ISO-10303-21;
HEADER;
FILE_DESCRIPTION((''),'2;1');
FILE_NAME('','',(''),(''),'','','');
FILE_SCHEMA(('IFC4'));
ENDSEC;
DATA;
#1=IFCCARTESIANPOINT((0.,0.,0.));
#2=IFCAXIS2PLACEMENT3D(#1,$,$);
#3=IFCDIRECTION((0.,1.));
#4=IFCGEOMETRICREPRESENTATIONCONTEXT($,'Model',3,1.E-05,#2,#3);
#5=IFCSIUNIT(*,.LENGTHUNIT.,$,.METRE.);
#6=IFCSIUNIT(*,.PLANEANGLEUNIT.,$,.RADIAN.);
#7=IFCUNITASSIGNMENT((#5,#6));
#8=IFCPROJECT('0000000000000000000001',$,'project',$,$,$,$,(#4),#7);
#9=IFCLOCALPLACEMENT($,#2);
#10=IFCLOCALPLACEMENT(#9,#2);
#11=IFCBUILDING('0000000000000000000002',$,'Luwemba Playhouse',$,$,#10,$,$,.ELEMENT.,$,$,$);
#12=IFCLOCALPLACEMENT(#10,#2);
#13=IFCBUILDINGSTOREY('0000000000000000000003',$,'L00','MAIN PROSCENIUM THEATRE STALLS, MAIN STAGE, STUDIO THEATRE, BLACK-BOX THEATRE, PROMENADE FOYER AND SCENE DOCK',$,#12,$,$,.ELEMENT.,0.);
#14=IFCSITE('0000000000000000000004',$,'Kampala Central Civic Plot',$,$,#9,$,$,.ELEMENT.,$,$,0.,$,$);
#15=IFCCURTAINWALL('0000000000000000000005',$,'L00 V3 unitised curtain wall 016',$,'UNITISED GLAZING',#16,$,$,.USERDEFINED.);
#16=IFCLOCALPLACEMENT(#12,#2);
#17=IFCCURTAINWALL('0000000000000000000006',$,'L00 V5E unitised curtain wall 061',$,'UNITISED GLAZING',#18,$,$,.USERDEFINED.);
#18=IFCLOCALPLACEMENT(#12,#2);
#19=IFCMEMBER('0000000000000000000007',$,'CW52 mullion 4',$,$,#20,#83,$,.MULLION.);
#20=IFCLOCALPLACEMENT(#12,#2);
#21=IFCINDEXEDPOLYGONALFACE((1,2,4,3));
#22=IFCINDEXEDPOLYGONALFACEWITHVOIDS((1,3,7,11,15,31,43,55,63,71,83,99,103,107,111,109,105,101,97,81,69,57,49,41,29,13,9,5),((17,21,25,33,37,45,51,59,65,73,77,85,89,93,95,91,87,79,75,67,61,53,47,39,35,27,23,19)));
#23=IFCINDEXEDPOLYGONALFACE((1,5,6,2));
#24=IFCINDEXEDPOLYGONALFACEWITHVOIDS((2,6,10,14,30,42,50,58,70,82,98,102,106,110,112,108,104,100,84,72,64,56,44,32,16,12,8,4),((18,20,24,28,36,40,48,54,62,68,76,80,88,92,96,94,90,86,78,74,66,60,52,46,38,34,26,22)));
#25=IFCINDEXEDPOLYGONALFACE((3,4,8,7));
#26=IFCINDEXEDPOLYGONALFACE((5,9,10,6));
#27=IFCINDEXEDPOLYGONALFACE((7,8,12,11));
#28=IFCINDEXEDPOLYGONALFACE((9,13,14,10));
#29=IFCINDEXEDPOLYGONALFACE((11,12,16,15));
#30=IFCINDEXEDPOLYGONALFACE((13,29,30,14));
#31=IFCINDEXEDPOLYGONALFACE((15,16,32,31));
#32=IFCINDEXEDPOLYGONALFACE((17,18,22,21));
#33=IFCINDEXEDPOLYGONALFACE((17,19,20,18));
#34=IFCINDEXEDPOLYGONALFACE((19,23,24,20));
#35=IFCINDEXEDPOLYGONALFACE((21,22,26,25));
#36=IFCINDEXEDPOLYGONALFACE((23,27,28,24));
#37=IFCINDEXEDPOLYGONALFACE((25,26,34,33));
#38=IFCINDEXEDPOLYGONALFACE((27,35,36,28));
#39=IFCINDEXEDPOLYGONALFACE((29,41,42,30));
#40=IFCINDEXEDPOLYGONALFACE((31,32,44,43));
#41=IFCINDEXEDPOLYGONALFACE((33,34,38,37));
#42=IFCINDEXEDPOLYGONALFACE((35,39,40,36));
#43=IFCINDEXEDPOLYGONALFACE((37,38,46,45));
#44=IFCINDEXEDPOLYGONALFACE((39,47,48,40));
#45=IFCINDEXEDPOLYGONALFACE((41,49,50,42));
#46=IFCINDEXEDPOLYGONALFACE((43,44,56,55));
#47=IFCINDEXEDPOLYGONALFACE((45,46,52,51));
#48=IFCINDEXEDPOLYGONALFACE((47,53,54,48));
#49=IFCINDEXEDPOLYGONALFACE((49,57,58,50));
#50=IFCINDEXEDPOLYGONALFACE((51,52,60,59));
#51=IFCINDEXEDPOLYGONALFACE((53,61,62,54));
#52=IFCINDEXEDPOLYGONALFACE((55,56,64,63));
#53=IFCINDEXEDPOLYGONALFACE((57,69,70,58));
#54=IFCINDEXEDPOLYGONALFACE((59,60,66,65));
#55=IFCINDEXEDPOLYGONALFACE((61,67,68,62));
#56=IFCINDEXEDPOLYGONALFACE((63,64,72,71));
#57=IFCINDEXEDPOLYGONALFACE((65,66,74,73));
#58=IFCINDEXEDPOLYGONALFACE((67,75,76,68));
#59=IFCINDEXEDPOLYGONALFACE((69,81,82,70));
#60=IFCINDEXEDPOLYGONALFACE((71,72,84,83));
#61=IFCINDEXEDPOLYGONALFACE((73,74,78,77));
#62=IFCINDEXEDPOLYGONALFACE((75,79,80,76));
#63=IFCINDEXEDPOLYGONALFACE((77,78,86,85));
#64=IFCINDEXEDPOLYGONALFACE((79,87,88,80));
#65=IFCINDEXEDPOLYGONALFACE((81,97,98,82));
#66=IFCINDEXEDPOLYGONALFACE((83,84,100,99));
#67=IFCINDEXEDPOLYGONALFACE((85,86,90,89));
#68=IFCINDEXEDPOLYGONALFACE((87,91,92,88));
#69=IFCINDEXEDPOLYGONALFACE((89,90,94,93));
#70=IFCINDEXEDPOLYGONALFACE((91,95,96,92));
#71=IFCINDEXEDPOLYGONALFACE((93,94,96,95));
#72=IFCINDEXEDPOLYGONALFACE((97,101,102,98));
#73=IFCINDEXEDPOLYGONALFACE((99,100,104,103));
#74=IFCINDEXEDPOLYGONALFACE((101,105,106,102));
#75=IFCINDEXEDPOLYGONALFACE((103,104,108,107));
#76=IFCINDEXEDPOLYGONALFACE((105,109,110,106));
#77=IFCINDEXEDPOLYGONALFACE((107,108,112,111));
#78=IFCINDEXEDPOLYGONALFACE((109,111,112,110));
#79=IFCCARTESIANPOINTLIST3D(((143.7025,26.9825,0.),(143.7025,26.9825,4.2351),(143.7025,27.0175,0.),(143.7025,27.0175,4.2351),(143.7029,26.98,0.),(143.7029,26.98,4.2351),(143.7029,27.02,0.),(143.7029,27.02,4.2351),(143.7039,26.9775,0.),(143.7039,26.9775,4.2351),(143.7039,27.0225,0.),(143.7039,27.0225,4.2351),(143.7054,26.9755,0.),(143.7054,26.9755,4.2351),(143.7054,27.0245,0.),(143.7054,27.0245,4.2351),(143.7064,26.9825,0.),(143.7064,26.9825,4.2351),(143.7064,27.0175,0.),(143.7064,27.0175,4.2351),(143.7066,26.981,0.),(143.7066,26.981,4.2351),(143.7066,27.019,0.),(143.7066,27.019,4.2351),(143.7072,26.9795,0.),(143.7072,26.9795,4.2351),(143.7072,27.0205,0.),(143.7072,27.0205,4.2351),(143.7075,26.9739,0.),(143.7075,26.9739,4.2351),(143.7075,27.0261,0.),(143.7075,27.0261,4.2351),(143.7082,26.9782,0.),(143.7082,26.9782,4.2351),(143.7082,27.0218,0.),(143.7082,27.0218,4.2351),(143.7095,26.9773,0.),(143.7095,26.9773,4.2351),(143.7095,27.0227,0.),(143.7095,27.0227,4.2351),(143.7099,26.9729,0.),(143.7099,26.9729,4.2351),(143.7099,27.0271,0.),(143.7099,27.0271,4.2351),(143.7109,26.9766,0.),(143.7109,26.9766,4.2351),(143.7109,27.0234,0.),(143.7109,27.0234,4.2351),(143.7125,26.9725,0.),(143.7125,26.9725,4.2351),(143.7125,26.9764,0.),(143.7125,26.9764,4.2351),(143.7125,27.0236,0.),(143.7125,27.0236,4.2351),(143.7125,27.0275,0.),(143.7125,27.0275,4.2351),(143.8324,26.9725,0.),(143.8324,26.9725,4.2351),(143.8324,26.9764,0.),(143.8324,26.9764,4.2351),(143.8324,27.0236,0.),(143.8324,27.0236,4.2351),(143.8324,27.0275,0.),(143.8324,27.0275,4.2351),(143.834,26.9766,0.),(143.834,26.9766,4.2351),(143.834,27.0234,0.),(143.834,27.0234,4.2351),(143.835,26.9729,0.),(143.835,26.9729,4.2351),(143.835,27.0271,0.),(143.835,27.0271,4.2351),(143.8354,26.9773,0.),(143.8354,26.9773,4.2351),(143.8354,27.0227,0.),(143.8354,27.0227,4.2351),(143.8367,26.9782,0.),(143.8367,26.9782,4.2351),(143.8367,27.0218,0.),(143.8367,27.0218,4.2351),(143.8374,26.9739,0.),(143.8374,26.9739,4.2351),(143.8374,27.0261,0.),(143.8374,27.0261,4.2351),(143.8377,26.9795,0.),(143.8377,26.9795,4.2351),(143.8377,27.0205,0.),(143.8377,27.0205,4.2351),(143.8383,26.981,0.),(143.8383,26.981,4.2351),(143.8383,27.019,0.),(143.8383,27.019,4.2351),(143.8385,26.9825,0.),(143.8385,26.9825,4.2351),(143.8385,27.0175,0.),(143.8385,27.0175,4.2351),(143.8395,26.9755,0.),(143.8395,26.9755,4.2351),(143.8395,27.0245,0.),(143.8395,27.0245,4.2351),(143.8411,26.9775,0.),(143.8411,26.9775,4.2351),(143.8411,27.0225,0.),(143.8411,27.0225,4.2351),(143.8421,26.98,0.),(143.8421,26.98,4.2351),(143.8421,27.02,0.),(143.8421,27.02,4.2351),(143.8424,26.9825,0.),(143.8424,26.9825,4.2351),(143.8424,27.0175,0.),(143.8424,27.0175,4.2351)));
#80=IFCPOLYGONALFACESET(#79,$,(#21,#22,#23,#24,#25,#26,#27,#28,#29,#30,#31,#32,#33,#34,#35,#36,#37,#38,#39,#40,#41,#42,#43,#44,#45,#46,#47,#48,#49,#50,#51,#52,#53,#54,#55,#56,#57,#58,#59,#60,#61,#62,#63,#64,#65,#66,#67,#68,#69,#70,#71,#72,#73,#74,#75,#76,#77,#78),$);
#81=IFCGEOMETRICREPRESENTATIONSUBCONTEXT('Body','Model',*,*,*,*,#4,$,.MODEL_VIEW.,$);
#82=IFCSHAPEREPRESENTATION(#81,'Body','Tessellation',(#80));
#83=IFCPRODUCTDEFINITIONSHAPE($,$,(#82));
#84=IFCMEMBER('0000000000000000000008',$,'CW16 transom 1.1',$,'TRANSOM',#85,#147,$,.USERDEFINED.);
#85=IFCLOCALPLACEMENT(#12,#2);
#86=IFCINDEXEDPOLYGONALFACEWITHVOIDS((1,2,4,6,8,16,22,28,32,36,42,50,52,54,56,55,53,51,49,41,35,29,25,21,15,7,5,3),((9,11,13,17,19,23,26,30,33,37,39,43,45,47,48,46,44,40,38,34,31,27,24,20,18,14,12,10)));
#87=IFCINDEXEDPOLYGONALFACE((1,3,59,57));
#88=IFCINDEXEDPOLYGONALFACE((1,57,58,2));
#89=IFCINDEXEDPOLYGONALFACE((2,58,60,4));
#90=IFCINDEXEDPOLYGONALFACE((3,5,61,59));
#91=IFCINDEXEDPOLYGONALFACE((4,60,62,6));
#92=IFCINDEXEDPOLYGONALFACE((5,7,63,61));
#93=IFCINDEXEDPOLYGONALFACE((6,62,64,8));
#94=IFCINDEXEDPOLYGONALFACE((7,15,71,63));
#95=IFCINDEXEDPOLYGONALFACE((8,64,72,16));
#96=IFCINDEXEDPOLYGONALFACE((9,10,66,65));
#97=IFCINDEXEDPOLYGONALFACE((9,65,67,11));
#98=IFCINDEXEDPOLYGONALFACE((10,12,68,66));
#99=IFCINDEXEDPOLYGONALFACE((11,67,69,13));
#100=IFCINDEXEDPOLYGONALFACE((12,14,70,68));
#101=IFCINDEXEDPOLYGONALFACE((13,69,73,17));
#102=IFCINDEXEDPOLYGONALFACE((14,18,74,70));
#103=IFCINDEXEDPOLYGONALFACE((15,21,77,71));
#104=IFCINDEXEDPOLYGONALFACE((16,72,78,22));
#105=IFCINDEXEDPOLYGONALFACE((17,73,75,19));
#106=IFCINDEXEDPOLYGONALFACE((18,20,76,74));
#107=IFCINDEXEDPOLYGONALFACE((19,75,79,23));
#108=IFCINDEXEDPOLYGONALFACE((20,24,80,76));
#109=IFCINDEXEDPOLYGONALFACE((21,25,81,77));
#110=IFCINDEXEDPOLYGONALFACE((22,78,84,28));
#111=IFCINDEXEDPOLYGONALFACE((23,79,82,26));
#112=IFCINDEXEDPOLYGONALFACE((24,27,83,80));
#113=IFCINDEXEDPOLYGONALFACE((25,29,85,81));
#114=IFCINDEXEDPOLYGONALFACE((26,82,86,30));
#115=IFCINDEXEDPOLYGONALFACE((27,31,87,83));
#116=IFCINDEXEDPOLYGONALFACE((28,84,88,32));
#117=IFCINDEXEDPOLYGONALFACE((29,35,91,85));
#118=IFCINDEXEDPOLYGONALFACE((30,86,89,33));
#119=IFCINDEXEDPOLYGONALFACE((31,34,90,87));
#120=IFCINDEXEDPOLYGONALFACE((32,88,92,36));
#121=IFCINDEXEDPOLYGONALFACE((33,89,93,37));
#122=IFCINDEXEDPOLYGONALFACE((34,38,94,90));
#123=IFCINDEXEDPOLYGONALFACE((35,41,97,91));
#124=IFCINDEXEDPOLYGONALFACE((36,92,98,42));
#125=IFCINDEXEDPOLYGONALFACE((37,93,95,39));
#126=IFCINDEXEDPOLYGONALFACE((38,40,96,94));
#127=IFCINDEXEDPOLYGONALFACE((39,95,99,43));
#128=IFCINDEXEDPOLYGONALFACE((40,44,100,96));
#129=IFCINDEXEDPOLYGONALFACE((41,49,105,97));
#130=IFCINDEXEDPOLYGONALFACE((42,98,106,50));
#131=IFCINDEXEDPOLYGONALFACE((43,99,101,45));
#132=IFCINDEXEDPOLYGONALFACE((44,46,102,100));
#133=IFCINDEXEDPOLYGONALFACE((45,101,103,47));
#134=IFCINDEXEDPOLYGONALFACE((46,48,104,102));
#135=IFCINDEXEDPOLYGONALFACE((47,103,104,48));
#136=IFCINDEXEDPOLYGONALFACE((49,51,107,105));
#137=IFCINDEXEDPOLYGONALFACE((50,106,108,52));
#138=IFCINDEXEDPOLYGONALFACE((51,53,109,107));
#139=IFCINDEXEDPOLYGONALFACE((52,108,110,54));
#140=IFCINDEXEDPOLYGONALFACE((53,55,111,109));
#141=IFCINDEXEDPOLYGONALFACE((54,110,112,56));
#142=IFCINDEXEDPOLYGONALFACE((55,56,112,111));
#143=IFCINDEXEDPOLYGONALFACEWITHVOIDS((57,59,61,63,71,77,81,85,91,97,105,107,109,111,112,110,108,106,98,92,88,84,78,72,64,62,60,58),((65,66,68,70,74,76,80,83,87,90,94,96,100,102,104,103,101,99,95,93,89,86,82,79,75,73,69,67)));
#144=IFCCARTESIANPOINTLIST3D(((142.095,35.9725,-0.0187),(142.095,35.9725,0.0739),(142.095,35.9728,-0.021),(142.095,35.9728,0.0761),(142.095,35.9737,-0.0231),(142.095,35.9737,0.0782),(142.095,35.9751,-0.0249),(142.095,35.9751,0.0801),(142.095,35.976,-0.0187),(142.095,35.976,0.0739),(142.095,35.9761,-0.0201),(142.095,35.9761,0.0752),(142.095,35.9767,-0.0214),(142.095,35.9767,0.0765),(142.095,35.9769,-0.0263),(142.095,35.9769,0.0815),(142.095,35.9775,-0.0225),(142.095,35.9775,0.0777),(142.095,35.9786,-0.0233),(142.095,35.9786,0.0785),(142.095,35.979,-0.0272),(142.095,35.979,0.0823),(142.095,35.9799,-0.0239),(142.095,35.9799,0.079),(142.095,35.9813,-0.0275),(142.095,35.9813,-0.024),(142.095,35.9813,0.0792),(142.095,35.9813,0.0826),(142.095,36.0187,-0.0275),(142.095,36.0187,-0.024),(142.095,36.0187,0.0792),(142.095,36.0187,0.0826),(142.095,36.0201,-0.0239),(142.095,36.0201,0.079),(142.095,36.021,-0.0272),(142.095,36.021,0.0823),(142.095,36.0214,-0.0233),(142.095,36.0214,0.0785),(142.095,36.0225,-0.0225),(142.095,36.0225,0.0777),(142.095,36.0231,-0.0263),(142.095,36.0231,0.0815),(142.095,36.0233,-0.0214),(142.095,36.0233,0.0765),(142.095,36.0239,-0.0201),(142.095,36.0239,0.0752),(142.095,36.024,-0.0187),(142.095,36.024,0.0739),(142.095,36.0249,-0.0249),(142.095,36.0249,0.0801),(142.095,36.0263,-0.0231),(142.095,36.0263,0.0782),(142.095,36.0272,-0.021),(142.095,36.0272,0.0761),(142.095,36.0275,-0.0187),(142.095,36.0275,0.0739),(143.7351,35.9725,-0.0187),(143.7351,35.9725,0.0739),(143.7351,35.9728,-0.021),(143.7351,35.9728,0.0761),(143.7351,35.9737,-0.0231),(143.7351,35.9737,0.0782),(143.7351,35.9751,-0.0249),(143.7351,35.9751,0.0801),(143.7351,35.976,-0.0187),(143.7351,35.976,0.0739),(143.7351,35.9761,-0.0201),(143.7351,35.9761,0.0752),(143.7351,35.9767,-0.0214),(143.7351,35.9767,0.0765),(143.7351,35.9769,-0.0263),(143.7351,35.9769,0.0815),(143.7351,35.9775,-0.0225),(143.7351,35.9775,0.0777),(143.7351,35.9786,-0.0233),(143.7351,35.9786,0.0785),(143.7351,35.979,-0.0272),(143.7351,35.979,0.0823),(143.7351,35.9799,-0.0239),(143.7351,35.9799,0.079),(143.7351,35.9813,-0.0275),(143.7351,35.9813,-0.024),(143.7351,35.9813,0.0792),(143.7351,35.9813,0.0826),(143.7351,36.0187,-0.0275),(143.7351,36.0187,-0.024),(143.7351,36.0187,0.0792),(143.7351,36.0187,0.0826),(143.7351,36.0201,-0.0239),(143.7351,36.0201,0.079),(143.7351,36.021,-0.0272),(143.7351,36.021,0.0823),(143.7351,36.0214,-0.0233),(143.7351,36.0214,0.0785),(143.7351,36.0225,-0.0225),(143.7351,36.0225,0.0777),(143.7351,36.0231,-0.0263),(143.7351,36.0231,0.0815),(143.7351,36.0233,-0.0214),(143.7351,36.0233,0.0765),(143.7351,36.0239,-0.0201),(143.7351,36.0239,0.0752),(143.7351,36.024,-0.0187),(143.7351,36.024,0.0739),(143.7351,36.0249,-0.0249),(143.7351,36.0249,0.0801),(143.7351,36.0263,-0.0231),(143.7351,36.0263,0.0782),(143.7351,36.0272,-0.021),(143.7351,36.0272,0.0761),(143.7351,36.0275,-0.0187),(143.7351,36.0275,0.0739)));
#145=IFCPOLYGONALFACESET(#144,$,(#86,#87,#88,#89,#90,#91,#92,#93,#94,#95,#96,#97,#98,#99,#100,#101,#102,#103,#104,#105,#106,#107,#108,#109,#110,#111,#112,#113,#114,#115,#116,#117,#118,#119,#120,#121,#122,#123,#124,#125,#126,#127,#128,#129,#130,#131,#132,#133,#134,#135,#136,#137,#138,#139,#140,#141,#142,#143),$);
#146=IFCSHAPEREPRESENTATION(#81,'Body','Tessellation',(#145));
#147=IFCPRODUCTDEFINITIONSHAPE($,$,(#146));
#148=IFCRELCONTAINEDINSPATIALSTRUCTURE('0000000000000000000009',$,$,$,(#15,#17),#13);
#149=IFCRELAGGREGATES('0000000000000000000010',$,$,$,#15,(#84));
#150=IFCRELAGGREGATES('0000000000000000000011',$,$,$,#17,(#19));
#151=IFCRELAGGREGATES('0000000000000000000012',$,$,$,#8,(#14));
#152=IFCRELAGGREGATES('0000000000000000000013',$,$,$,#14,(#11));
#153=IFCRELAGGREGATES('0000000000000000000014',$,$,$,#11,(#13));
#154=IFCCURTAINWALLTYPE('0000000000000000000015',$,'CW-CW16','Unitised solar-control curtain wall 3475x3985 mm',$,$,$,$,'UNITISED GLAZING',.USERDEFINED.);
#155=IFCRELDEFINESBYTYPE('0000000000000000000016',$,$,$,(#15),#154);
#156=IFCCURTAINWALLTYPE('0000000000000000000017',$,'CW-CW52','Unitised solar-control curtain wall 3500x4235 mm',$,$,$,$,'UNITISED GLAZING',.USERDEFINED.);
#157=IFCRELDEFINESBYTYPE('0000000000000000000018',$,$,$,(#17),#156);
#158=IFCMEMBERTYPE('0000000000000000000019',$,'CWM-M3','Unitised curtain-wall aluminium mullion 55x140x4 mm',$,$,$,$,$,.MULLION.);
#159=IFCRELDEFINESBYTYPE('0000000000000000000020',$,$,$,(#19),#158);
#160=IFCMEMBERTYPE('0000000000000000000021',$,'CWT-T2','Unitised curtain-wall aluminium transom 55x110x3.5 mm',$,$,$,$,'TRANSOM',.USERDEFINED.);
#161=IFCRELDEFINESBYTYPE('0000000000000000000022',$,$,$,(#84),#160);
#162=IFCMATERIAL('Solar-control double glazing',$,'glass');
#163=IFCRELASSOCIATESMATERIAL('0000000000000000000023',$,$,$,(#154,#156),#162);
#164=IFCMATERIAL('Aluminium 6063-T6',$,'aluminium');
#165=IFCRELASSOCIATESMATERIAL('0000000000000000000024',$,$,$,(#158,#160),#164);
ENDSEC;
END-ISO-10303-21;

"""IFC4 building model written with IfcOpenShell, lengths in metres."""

from ifc_helpers import new_model, si_unit, direction, frame, origin, origin_2d, place, context, subcontext, project, spatial, hollow_rectangle, extrude, material, material_profile, profile_set, type_object, element, aggregate, save


model = new_model("IFC4")

# Units and contexts
model_context = context("Model", 3, precision=1e-05, world=origin(), true_north=direction((0.0, 1.0)))
body_context = subcontext(model_context, "Body", "Model", "MODEL_VIEW")
ifc_project = project(units=[si_unit("LENGTHUNIT", "METRE"), si_unit("PLANEANGLEUNIT", "RADIAN")], contexts=[model_context])

# Site, building, storey
site_placement = place(None, origin())
site = spatial("IfcSite", under=ifc_project, at=site_placement, Name="Kampala Central Civic Plot", CompositionType="ELEMENT", RefElevation=0.0)
building_placement = place(site_placement, origin())
building = spatial("IfcBuilding", under=site, at=building_placement, Name="Luwemba Playhouse", CompositionType="ELEMENT")
storey_placement = place(building_placement, origin())
storey = spatial("IfcBuildingStorey", under=building, at=storey_placement, Name="L00", Description="MAIN PROSCENIUM THEATRE STALLS, MAIN STAGE, STUDIO THEATRE, BLACK-BOX THEATRE, PROMENADE FOYER AND SCENE DOCK", CompositionType="ELEMENT", Elevation=0.0)

# Curtain wall
ifc_material_1 = material(Name="Solar-control double glazing", Category="glass")
curtain_wall_type_1 = type_object("IfcCurtainWallType", Name="CW-CW16", Description="Unitised solar-control curtain wall 3475x3985 mm", ElementType="UNITISED GLAZING", PredefinedType="USERDEFINED", material=ifc_material_1)
curtain_wall_1_placement = place(storey_placement, origin())
curtain_wall_1 = element("IfcCurtainWall", 1, at=curtain_wall_1_placement, inside=storey, type_object=curtain_wall_type_1, Name="L00 V3 unitised curtain wall 016", ObjectType="UNITISED GLAZING", PredefinedType="USERDEFINED")
ifc_material_2 = material(Name="Aluminium 6063-T6", Category="aluminium")

# Curtain wall, member
curtain_wall_type_2 = type_object("IfcCurtainWallType", Name="CW-CW52", Description="Unitised solar-control curtain wall 3500x4235 mm", ElementType="UNITISED GLAZING", PredefinedType="USERDEFINED", material=ifc_material_1)
curtain_wall_2_placement = place(storey_placement, origin())
curtain_wall_2 = element("IfcCurtainWall", 2, at=curtain_wall_2_placement, inside=storey, type_object=curtain_wall_type_2, Name="L00 V5E unitised curtain wall 061", ObjectType="UNITISED GLAZING", PredefinedType="USERDEFINED")
ifc_material_profile_1 = material_profile(ifc_material_2, hollow_rectangle(XDim=0.0549, YDim=0.1399, WallThickness=0.0039, InnerFilletRadius=0.0061, OuterFilletRadius=0.01, at=origin_2d()))
ifc_profile_set_1 = profile_set([ifc_material_profile_1], Name="Aluminium 6063-T6")
member_type_1 = type_object("IfcMemberType", Name="CWM-M3", Description="Unitised curtain-wall aluminium mullion 55x140x4 mm", PredefinedType="MULLION", material=ifc_profile_set_1)
member_1_placement = place(storey_placement, frame((143.7725, 27.0, 0.0), z_axis=(0.0, 0.0, 1.0), x_axis=(0.0, 1.0, 0.0)))
member_1 = element("IfcMember", 3, at=member_1_placement, type_object=member_type_1, Name="CW52 mullion 4", PredefinedType="MULLION", context=body_context, shape_type="SweptSolid", body=[
    extrude(hollow_rectangle(XDim=0.0549, YDim=0.1399, WallThickness=0.0039, InnerFilletRadius=0.0061, OuterFilletRadius=0.01, at=origin_2d()), origin(), (0.0, 0.0, 1.0), 4.2351),
])

# Member
ifc_material_profile_2 = material_profile(ifc_material_2, hollow_rectangle(XDim=0.0549, YDim=0.1101, WallThickness=0.0034, InnerFilletRadius=0.0054, OuterFilletRadius=0.0088, at=origin_2d()))
ifc_profile_set_2 = profile_set([ifc_material_profile_2], Name="Aluminium 6063-T6")
member_type_2 = type_object("IfcMemberType", Name="CWT-T2", Description="Unitised curtain-wall aluminium transom 55x110x3.5 mm", ElementType="TRANSOM", PredefinedType="USERDEFINED", material=ifc_profile_set_2)
member_2_placement = place(storey_placement, frame((143.7351, 36.0, 0.0276), z_axis=(-1.0, 0.0, 0.0), x_axis=(0.0, -1.0, 0.0)))
member_2 = element("IfcMember", 4, at=member_2_placement, type_object=member_type_2, Name="CW16 transom 1.1", ObjectType="TRANSOM", PredefinedType="USERDEFINED", context=body_context, shape_type="SweptSolid", body=[
    extrude(hollow_rectangle(XDim=0.0549, YDim=0.1101, WallThickness=0.0034, InnerFilletRadius=0.0054, OuterFilletRadius=0.0088, at=origin_2d()), origin(), (0.0, 0.0, 1.0), 1.6401),
])

aggregate(curtain_wall_1, [member_2])
aggregate(curtain_wall_2, [member_1])

save(model, "model.ifc")
